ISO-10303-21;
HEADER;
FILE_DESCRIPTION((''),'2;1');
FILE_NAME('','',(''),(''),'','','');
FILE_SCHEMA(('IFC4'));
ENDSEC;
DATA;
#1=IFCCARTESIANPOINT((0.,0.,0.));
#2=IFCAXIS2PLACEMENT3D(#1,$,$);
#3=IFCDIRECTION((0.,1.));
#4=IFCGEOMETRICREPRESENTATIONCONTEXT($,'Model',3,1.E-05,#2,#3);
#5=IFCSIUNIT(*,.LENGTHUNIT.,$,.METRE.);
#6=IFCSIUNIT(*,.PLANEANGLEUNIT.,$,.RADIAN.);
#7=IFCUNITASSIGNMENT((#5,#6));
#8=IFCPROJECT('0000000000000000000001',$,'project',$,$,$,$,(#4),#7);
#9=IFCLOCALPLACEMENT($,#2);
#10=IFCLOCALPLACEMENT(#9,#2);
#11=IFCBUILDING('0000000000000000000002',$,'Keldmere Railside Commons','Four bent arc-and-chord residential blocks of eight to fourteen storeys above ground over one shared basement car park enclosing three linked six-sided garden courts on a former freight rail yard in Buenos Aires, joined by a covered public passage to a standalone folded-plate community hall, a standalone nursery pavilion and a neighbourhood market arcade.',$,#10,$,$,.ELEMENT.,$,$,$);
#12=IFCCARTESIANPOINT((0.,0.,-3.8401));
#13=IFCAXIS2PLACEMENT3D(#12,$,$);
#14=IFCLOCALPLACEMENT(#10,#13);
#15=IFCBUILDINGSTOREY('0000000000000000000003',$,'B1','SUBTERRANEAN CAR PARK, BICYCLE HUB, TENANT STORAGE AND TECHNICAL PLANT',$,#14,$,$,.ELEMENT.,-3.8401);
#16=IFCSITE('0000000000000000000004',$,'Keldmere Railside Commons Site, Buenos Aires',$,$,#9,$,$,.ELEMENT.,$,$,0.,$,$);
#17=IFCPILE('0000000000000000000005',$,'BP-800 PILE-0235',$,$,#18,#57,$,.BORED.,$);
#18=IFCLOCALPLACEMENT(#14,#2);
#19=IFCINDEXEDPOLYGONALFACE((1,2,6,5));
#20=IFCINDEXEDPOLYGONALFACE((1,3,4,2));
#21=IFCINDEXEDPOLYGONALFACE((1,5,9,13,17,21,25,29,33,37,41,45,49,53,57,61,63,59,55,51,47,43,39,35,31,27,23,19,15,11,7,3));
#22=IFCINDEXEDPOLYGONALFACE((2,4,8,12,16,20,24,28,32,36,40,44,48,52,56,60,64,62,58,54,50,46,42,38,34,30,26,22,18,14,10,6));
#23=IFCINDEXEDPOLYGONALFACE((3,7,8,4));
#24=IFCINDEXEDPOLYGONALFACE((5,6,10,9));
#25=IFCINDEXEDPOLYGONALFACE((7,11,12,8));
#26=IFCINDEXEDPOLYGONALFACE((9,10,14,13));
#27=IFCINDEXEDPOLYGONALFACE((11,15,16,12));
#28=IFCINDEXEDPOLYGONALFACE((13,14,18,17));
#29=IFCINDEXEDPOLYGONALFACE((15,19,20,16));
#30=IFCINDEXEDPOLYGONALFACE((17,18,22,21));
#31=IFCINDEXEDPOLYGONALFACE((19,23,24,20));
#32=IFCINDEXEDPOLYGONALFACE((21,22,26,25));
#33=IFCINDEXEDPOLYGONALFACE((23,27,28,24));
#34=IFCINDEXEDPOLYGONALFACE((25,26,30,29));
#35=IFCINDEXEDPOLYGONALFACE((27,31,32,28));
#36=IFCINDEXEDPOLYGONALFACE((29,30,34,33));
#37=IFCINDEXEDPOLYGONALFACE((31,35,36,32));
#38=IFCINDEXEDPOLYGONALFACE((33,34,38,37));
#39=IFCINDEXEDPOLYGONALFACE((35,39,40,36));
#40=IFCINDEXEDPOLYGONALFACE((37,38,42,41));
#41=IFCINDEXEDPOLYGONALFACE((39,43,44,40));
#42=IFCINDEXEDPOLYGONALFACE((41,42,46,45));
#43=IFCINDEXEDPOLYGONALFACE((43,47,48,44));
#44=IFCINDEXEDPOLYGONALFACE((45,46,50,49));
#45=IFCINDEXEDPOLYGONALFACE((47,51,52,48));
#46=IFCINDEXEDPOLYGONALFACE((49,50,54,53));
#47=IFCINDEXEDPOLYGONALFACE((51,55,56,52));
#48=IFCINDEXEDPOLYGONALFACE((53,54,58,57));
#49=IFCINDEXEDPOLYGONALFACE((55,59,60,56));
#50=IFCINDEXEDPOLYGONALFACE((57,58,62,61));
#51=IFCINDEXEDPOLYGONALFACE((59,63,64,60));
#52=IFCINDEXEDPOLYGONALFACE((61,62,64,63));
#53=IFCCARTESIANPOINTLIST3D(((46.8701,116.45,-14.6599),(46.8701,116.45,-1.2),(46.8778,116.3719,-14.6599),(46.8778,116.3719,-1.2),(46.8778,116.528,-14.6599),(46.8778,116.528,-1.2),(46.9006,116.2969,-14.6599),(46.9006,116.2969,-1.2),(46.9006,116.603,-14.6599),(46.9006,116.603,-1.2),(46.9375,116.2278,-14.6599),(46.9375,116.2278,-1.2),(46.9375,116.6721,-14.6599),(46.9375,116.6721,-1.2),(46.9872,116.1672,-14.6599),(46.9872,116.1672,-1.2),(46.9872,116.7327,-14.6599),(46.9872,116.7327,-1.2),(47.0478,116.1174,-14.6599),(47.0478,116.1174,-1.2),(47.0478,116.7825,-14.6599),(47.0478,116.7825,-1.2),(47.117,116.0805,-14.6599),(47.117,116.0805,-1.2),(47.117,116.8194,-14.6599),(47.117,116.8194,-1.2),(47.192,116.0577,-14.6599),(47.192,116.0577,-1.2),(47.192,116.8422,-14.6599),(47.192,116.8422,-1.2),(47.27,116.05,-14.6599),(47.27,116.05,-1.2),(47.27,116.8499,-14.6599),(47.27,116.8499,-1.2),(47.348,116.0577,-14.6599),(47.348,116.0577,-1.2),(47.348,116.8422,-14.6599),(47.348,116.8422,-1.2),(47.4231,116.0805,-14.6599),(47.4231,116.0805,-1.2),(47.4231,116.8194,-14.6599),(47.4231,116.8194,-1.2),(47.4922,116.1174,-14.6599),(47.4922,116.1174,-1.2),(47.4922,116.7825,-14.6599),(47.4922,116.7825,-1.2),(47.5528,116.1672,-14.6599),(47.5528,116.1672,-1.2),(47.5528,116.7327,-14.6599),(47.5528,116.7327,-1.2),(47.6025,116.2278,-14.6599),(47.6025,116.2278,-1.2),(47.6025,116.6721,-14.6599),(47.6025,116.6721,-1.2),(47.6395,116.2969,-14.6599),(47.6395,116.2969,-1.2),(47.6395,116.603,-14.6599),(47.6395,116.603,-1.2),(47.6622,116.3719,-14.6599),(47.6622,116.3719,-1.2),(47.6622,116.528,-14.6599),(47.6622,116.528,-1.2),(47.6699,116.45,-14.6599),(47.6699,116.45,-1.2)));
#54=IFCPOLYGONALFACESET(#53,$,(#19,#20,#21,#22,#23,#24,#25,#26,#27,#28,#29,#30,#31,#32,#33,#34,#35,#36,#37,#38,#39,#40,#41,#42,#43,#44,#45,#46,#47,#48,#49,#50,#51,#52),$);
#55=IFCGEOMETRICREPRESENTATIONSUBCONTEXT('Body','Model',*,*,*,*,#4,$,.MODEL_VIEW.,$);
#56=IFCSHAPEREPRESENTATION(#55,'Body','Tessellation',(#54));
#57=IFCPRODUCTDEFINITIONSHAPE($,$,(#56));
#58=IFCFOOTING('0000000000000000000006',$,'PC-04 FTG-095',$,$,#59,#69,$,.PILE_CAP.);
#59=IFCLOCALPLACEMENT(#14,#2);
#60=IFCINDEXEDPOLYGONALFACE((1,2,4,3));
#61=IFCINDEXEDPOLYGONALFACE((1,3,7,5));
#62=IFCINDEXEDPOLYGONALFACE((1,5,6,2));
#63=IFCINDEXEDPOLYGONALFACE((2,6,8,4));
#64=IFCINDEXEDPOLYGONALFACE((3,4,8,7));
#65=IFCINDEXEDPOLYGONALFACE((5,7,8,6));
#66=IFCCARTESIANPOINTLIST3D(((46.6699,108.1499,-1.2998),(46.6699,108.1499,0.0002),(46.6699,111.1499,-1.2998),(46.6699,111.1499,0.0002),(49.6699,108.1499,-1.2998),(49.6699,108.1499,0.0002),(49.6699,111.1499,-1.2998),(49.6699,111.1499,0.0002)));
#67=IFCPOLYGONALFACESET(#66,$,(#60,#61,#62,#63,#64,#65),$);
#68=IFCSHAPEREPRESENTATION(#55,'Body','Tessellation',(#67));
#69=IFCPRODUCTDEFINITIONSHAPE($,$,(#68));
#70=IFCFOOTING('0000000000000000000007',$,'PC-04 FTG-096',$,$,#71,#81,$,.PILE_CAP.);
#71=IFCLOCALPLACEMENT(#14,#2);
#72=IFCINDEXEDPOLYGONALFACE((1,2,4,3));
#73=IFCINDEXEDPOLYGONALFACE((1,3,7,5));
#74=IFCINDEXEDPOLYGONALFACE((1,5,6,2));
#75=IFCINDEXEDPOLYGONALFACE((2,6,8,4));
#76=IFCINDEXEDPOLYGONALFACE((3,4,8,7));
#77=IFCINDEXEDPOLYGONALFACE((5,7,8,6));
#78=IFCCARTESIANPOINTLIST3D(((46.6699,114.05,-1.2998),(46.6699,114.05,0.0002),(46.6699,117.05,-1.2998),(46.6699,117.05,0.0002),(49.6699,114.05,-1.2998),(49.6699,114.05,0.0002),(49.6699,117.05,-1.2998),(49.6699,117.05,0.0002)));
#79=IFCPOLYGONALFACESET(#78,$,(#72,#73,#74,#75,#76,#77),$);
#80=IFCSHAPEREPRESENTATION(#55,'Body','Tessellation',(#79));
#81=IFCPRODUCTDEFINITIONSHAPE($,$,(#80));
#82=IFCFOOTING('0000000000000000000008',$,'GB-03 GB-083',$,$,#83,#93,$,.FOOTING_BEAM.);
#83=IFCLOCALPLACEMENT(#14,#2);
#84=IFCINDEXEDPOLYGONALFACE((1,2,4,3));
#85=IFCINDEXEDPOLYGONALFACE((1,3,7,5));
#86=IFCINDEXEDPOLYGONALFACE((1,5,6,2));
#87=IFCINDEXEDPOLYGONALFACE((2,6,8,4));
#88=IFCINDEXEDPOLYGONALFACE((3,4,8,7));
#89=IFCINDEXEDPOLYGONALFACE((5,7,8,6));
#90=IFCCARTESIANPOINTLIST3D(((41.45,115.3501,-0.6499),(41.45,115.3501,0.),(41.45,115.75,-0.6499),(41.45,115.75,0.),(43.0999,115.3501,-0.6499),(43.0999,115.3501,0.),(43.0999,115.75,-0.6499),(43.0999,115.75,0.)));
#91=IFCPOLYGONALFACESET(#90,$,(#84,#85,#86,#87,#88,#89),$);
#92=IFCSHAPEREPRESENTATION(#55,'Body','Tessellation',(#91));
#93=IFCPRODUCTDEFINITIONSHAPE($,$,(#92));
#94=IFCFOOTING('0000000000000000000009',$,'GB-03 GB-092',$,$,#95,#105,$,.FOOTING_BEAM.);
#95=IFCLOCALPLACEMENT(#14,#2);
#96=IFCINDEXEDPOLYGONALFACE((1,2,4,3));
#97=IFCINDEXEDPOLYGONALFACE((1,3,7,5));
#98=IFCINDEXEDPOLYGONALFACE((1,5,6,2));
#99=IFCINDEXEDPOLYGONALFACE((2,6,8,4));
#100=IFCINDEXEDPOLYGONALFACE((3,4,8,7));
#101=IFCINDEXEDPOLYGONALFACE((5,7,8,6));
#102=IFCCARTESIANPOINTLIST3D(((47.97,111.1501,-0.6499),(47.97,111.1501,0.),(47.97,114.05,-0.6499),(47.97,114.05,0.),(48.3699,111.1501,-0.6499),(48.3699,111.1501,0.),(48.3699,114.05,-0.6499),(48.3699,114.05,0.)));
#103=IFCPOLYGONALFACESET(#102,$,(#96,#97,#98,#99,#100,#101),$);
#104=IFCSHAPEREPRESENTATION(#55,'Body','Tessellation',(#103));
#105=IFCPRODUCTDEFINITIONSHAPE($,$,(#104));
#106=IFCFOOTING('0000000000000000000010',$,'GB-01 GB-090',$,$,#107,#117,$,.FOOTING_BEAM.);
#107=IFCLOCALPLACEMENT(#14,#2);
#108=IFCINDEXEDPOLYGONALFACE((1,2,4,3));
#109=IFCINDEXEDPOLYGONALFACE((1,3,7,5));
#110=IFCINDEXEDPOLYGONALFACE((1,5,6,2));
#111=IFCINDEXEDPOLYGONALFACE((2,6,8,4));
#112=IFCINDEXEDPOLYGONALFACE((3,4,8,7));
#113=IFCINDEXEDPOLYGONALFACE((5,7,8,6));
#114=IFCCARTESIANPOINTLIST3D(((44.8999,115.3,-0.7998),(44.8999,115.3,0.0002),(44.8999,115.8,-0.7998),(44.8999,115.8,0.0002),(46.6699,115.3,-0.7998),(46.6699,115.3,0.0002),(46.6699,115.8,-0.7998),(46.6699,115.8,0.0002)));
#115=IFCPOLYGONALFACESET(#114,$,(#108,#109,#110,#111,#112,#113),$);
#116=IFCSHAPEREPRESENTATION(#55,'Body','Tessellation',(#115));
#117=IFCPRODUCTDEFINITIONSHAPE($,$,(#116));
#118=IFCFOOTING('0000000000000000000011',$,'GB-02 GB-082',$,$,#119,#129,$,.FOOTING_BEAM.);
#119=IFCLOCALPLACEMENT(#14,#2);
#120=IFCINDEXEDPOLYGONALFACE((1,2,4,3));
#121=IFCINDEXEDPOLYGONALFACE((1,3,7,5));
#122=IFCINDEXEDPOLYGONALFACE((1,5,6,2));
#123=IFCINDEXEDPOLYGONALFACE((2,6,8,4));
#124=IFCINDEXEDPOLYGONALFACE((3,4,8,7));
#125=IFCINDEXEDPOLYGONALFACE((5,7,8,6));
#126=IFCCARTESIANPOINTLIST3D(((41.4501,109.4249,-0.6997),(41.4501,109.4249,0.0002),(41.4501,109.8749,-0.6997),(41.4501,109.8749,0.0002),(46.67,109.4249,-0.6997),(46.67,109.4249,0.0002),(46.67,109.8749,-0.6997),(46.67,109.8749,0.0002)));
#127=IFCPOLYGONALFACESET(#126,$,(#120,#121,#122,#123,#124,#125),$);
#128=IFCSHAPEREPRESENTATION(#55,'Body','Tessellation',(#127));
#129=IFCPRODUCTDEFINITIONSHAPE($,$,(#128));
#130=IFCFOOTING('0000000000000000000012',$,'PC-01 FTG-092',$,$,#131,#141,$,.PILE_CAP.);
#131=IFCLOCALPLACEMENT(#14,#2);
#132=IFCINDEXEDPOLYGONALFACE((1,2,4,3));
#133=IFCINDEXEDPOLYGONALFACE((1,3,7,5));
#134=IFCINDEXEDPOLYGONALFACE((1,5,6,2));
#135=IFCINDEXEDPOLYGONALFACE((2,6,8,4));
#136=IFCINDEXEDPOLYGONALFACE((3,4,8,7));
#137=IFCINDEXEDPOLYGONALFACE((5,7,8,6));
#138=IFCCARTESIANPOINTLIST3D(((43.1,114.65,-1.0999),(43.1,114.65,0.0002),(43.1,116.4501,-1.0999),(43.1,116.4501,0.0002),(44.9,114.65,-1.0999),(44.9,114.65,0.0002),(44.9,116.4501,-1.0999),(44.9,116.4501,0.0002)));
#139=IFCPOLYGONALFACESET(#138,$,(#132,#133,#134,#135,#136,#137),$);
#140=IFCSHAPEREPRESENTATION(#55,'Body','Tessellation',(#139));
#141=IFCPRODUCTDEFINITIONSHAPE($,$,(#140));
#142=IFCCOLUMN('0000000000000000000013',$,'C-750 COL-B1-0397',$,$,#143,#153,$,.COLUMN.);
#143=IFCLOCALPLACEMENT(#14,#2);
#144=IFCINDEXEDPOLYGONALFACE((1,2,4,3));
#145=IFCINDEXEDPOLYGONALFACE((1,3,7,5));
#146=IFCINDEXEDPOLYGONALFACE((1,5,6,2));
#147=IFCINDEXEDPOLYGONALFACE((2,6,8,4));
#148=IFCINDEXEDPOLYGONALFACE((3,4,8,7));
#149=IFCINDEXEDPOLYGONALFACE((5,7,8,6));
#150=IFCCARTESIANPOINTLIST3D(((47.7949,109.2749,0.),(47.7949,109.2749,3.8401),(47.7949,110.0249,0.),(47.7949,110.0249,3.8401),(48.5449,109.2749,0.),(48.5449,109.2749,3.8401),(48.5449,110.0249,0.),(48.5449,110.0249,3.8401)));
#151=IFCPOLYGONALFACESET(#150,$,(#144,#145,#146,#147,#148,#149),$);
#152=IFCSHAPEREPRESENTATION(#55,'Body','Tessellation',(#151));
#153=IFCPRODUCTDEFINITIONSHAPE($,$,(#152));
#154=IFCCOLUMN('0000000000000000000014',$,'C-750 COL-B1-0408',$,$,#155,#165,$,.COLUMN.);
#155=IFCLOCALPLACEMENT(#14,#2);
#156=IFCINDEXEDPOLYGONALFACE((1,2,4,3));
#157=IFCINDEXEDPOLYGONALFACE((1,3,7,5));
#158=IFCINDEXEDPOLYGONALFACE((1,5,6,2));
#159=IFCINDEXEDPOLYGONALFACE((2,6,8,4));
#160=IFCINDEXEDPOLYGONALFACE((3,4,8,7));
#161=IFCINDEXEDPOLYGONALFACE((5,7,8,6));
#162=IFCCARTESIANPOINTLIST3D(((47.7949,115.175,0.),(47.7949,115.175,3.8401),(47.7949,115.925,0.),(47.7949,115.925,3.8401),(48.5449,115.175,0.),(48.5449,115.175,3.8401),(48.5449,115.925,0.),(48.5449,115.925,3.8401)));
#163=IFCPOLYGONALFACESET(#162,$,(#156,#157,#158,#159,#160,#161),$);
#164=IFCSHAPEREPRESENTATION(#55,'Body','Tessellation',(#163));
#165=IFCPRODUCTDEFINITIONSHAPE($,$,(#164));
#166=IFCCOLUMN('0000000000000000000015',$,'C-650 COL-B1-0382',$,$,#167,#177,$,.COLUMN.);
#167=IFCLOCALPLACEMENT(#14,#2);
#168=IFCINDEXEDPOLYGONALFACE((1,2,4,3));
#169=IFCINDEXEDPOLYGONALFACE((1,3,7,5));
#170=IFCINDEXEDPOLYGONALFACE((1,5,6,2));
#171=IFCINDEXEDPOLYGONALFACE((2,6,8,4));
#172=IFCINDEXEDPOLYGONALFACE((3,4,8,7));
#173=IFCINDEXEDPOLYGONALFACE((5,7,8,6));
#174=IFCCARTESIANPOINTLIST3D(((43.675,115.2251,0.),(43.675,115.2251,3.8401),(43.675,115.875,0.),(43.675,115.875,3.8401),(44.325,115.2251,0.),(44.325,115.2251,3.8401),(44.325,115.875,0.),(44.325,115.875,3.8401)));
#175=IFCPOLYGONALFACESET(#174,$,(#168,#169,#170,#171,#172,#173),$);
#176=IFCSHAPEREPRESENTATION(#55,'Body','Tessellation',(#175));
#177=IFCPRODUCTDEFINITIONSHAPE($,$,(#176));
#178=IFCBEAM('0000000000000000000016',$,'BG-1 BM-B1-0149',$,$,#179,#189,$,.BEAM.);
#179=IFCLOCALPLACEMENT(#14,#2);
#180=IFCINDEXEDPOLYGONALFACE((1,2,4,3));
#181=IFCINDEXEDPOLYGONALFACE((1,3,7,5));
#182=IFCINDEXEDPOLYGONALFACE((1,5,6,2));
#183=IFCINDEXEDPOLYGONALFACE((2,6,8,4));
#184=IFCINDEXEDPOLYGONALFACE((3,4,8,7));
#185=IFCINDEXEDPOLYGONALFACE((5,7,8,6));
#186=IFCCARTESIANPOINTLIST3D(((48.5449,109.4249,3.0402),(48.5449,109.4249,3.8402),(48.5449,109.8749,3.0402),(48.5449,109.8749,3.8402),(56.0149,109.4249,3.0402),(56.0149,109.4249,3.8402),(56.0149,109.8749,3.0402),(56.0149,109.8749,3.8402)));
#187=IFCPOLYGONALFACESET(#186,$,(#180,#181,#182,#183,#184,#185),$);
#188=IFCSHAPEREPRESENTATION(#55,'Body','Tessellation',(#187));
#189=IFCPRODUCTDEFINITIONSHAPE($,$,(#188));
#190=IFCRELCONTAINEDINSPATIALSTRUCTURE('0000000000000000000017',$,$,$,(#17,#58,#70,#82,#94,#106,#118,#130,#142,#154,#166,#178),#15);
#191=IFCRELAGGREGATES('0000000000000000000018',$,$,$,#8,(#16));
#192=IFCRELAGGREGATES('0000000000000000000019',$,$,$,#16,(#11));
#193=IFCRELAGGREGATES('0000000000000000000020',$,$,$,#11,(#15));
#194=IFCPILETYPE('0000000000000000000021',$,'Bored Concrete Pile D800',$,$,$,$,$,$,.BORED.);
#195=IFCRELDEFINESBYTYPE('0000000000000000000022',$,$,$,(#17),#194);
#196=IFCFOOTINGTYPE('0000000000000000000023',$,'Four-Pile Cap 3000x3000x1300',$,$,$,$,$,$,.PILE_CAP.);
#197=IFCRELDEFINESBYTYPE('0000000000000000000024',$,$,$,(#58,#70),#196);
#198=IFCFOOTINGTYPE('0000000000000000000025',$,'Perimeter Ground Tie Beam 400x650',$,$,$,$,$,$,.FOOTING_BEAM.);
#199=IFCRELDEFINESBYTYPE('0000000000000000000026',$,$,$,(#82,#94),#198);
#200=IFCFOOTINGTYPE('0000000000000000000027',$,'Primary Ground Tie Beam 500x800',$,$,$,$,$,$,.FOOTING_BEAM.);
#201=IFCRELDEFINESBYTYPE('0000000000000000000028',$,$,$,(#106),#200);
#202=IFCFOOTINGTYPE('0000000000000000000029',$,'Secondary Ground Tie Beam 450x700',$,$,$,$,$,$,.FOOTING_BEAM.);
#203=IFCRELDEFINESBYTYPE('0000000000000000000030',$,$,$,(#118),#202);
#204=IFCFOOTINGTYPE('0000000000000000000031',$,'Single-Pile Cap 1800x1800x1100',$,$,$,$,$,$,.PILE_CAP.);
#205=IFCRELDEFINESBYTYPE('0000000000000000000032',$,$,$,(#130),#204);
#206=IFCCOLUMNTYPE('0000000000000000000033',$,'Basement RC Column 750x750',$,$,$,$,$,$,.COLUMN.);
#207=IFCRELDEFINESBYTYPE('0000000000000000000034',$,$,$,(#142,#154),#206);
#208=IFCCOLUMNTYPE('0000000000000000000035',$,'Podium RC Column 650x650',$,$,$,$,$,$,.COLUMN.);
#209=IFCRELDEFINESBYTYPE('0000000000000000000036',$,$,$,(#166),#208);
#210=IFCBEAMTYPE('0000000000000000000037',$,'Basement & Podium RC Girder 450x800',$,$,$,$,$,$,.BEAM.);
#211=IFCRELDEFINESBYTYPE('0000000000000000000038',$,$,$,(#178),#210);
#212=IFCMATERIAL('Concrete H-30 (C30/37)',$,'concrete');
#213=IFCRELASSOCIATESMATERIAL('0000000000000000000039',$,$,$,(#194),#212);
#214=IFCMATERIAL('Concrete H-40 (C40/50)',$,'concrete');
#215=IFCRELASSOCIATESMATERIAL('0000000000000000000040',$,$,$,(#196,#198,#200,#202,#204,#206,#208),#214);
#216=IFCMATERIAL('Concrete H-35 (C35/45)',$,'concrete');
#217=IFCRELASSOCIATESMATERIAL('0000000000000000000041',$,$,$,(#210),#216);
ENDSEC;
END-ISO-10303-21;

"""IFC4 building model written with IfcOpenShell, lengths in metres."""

from ifc_helpers import new_model, si_unit, direction, frame, origin, origin_2d, place, context, subcontext, project, spatial, rectangle, circle, extrude, material, material_profile, profile_set, type_object, element, save


model = new_model("IFC4")

# Units and contexts
model_context = context("Model", 3, precision=1e-05, world=origin(), true_north=direction((0.0, 1.0)))
body_context = subcontext(model_context, "Body", "Model", "MODEL_VIEW")
ifc_project = project(units=[si_unit("LENGTHUNIT", "METRE"), si_unit("PLANEANGLEUNIT", "RADIAN")], contexts=[model_context])

# Site, building, storey
site_placement = place(None, origin())
site = spatial("IfcSite", under=ifc_project, at=site_placement, Name="Keldmere Railside Commons Site, Buenos Aires", CompositionType="ELEMENT", RefElevation=0.0)
building_placement = place(site_placement, origin())
building = spatial("IfcBuilding", under=site, at=building_placement, Name="Keldmere Railside Commons", Description="Four bent arc-and-chord residential blocks of eight to fourteen storeys above ground over one shared basement car park enclosing three linked six-sided garden courts on a former freight rail yard in Buenos Aires, joined by a covered public passage to a standalone folded-plate community hall, a standalone nursery pavilion and a neighbourhood market arcade.", CompositionType="ELEMENT")
storey_placement = place(building_placement, frame((0.0, 0.0, -3.8401)))
storey = spatial("IfcBuildingStorey", under=building, at=storey_placement, Name="B1", Description="SUBTERRANEAN CAR PARK, BICYCLE HUB, TENANT STORAGE AND TECHNICAL PLANT", CompositionType="ELEMENT", Elevation=-3.8401)

# Pile
ifc_material_1 = material(Name="Concrete H-30 (C30/37)", Category="concrete")
ifc_material_profile_1 = material_profile(ifc_material_1, circle(Radius=0.3999, at=origin_2d()), Name="PILE-D800")
ifc_profile_set_1 = profile_set([ifc_material_profile_1], Name="Concrete H-30 (C30/37)")
pile_type = type_object("IfcPileType", Name="Bored Concrete Pile D800", PredefinedType="BORED", material=ifc_profile_set_1)
for number, where, z_axis, x_axis, name in (
    (1, (47.27, 116.45, -1.2), (0.0, 0.0, -1.0), (1.0, 0.0, 0.0), "BP-800 PILE-0235"),
):
    element("IfcPile", number, at=place(storey_placement, frame(where, z_axis=z_axis, x_axis=x_axis)), inside=storey, type_object=pile_type, Name=name, PredefinedType="BORED", context=body_context, shape_type="SweptSolid", body=[
        extrude(circle(Radius=0.3999, at=origin_2d()), origin(), (0.0, 0.0, 1.0), 13.46),
    ])

# Footings
ifc_material_2 = material(Name="Concrete H-40 (C40/50)", Category="concrete")
footing_type_1 = type_object("IfcFootingType", Name="Four-Pile Cap 3000x3000x1300", PredefinedType="PILE_CAP", material=ifc_material_2)
for number, where, z_axis, x_axis, name in (
    (2, (48.1699, 109.6499, -1.2998), (0.0, 0.0, 1.0), (1.0, 0.0, 0.0), "PC-04 FTG-095"),
    (3, (48.1699, 115.55, -1.2998), (0.0, 0.0, 1.0), (1.0, 0.0, 0.0), "PC-04 FTG-096"),
):
    element("IfcFooting", number, at=place(storey_placement, frame(where, z_axis=z_axis, x_axis=x_axis)), inside=storey, type_object=footing_type_1, Name=name, PredefinedType="PILE_CAP", context=body_context, shape_type="SweptSolid", body=[
        extrude(rectangle(XDim=3.0, YDim=3.0, at=origin_2d()), origin(), (0.0, 0.0, 1.0), 1.3),
    ])
footing_type_2 = type_object("IfcFootingType", Name="Perimeter Ground Tie Beam 400x650", PredefinedType="FOOTING_BEAM", material=ifc_material_2)
footing_1_placement = place(storey_placement, frame((42.2749, 115.55, -0.6499), z_axis=(0.0, 0.0, 1.0), x_axis=(1.0, 0.0, 0.0)))
element("IfcFooting", 4, at=footing_1_placement, inside=storey, type_object=footing_type_2, Name="GB-03 GB-083", PredefinedType="FOOTING_BEAM", context=body_context, shape_type="SweptSolid", body=[
    extrude(rectangle(XDim=1.6499, YDim=0.3999, at=origin_2d()), origin(), (0.0, 0.0, 1.0), 0.6499),
])
footing_2_placement = place(storey_placement, frame((48.1699, 112.6001, -0.6499), z_axis=(0.0, 0.0, 1.0), x_axis=(0.0, 1.0, 0.0)))
element("IfcFooting", 5, at=footing_2_placement, inside=storey, type_object=footing_type_2, Name="GB-03 GB-092", PredefinedType="FOOTING_BEAM", context=body_context, shape_type="SweptSolid", body=[
    extrude(rectangle(XDim=2.8999, YDim=0.3999, at=origin_2d()), origin(), (0.0, 0.0, 1.0), 0.6499),
])
footing_type_3 = type_object("IfcFootingType", Name="Primary Ground Tie Beam 500x800", PredefinedType="FOOTING_BEAM", material=ifc_material_2)
footing_3_placement = place(storey_placement, frame((45.7849, 115.55, -0.7998), z_axis=(0.0, 0.0, 1.0), x_axis=(1.0, 0.0, 0.0)))
element("IfcFooting", 6, at=footing_3_placement, inside=storey, type_object=footing_type_3, Name="GB-01 GB-090", PredefinedType="FOOTING_BEAM", context=body_context, shape_type="SweptSolid", body=[
    extrude(rectangle(XDim=1.77, YDim=0.5, at=origin_2d()), origin(), (0.0, 0.0, 1.0), 0.8),
])
footing_type_4 = type_object("IfcFootingType", Name="Secondary Ground Tie Beam 450x700", PredefinedType="FOOTING_BEAM", material=ifc_material_2)
footing_4_placement = place(storey_placement, frame((44.0601, 109.6499, -0.6997), z_axis=(0.0, 0.0, 1.0), x_axis=(1.0, 0.0, 0.0)))
element("IfcFooting", 7, at=footing_4_placement, inside=storey, type_object=footing_type_4, Name="GB-02 GB-082", PredefinedType="FOOTING_BEAM", context=body_context, shape_type="SweptSolid", body=[
    extrude(rectangle(XDim=5.22, YDim=0.45, at=origin_2d()), origin(), (0.0, 0.0, 1.0), 0.7),
])
footing_type_5 = type_object("IfcFootingType", Name="Single-Pile Cap 1800x1800x1100", PredefinedType="PILE_CAP", material=ifc_material_2)
footing_5_placement = place(storey_placement, frame((44.0, 115.55, -1.0999), z_axis=(0.0, 0.0, 1.0), x_axis=(1.0, 0.0, 0.0)))
element("IfcFooting", 8, at=footing_5_placement, inside=storey, type_object=footing_type_5, Name="PC-01 FTG-092", PredefinedType="PILE_CAP", context=body_context, shape_type="SweptSolid", body=[
    extrude(rectangle(XDim=1.8, YDim=1.8, at=origin_2d()), origin(), (0.0, 0.0, 1.0), 1.1001),
])

# Columns
ifc_material_profile_2 = material_profile(ifc_material_2, rectangle(XDim=0.75, YDim=0.75, at=origin_2d()), Name="RC-750x750")
ifc_profile_set_2 = profile_set([ifc_material_profile_2], Name="Concrete H-40 (C40/50)")
column_type_1 = type_object("IfcColumnType", Name="Basement RC Column 750x750", PredefinedType="COLUMN", material=ifc_profile_set_2)
for number, where, z_axis, x_axis, name in (
    (9, (48.1699, 109.6499, 0.0), (0.0, 0.0, 1.0), (1.0, 0.0, 0.0), "C-750 COL-B1-0397"),
    (10, (48.1699, 115.55, 0.0), (0.0, 0.0, 1.0), (1.0, 0.0, 0.0), "C-750 COL-B1-0408"),
):
    element("IfcColumn", number, at=place(storey_placement, frame(where, z_axis=z_axis, x_axis=x_axis)), inside=storey, type_object=column_type_1, Name=name, PredefinedType="COLUMN", context=body_context, shape_type="SweptSolid", body=[
        extrude(rectangle(XDim=0.75, YDim=0.75, at=origin_2d()), origin(), (0.0, 0.0, 1.0), 3.8401),
    ])
ifc_material_profile_3 = material_profile(ifc_material_2, rectangle(XDim=0.6499, YDim=0.6499, at=origin_2d()), Name="RC-650x650")
ifc_profile_set_3 = profile_set([ifc_material_profile_3], Name="Concrete H-40 (C40/50)")
column_type_2 = type_object("IfcColumnType", Name="Podium RC Column 650x650", PredefinedType="COLUMN", material=ifc_profile_set_3)
column_placement = place(storey_placement, frame((44.0, 115.55, 0.0), z_axis=(0.0, 0.0, 1.0), x_axis=(1.0, 0.0, 0.0)))
element("IfcColumn", 11, at=column_placement, inside=storey, type_object=column_type_2, Name="C-650 COL-B1-0382", PredefinedType="COLUMN", context=body_context, shape_type="SweptSolid", body=[
    extrude(rectangle(XDim=0.6499, YDim=0.6499, at=origin_2d()), origin(), (0.0, 0.0, 1.0), 3.8401),
])

# Beam
ifc_material_3 = material(Name="Concrete H-35 (C35/45)", Category="concrete")
ifc_material_profile_4 = material_profile(ifc_material_3, rectangle(XDim=0.45, YDim=0.8, at=origin_2d()), Name="RC-450x800")
ifc_profile_set_4 = profile_set([ifc_material_profile_4], Name="Concrete H-35 (C35/45)")
beam_type = type_object("IfcBeamType", Name="Basement & Podium RC Girder 450x800", PredefinedType="BEAM", material=ifc_profile_set_4)
for number, where, z_axis, x_axis, name in (
    (12, (48.5449, 109.6499, 3.4402), (1.0, 0.0, 0.0), (0.0, 1.0, 0.0), "BG-1 BM-B1-0149"),
):
    element("IfcBeam", number, at=place(storey_placement, frame(where, z_axis=z_axis, x_axis=x_axis)), inside=storey, type_object=beam_type, Name=name, PredefinedType="BEAM", context=body_context, shape_type="SweptSolid", body=[
        extrude(rectangle(XDim=0.45, YDim=0.8, at=origin_2d()), origin(), (0.0, 0.0, 1.0), 7.47),
    ])

save(model, "model.ifc")
